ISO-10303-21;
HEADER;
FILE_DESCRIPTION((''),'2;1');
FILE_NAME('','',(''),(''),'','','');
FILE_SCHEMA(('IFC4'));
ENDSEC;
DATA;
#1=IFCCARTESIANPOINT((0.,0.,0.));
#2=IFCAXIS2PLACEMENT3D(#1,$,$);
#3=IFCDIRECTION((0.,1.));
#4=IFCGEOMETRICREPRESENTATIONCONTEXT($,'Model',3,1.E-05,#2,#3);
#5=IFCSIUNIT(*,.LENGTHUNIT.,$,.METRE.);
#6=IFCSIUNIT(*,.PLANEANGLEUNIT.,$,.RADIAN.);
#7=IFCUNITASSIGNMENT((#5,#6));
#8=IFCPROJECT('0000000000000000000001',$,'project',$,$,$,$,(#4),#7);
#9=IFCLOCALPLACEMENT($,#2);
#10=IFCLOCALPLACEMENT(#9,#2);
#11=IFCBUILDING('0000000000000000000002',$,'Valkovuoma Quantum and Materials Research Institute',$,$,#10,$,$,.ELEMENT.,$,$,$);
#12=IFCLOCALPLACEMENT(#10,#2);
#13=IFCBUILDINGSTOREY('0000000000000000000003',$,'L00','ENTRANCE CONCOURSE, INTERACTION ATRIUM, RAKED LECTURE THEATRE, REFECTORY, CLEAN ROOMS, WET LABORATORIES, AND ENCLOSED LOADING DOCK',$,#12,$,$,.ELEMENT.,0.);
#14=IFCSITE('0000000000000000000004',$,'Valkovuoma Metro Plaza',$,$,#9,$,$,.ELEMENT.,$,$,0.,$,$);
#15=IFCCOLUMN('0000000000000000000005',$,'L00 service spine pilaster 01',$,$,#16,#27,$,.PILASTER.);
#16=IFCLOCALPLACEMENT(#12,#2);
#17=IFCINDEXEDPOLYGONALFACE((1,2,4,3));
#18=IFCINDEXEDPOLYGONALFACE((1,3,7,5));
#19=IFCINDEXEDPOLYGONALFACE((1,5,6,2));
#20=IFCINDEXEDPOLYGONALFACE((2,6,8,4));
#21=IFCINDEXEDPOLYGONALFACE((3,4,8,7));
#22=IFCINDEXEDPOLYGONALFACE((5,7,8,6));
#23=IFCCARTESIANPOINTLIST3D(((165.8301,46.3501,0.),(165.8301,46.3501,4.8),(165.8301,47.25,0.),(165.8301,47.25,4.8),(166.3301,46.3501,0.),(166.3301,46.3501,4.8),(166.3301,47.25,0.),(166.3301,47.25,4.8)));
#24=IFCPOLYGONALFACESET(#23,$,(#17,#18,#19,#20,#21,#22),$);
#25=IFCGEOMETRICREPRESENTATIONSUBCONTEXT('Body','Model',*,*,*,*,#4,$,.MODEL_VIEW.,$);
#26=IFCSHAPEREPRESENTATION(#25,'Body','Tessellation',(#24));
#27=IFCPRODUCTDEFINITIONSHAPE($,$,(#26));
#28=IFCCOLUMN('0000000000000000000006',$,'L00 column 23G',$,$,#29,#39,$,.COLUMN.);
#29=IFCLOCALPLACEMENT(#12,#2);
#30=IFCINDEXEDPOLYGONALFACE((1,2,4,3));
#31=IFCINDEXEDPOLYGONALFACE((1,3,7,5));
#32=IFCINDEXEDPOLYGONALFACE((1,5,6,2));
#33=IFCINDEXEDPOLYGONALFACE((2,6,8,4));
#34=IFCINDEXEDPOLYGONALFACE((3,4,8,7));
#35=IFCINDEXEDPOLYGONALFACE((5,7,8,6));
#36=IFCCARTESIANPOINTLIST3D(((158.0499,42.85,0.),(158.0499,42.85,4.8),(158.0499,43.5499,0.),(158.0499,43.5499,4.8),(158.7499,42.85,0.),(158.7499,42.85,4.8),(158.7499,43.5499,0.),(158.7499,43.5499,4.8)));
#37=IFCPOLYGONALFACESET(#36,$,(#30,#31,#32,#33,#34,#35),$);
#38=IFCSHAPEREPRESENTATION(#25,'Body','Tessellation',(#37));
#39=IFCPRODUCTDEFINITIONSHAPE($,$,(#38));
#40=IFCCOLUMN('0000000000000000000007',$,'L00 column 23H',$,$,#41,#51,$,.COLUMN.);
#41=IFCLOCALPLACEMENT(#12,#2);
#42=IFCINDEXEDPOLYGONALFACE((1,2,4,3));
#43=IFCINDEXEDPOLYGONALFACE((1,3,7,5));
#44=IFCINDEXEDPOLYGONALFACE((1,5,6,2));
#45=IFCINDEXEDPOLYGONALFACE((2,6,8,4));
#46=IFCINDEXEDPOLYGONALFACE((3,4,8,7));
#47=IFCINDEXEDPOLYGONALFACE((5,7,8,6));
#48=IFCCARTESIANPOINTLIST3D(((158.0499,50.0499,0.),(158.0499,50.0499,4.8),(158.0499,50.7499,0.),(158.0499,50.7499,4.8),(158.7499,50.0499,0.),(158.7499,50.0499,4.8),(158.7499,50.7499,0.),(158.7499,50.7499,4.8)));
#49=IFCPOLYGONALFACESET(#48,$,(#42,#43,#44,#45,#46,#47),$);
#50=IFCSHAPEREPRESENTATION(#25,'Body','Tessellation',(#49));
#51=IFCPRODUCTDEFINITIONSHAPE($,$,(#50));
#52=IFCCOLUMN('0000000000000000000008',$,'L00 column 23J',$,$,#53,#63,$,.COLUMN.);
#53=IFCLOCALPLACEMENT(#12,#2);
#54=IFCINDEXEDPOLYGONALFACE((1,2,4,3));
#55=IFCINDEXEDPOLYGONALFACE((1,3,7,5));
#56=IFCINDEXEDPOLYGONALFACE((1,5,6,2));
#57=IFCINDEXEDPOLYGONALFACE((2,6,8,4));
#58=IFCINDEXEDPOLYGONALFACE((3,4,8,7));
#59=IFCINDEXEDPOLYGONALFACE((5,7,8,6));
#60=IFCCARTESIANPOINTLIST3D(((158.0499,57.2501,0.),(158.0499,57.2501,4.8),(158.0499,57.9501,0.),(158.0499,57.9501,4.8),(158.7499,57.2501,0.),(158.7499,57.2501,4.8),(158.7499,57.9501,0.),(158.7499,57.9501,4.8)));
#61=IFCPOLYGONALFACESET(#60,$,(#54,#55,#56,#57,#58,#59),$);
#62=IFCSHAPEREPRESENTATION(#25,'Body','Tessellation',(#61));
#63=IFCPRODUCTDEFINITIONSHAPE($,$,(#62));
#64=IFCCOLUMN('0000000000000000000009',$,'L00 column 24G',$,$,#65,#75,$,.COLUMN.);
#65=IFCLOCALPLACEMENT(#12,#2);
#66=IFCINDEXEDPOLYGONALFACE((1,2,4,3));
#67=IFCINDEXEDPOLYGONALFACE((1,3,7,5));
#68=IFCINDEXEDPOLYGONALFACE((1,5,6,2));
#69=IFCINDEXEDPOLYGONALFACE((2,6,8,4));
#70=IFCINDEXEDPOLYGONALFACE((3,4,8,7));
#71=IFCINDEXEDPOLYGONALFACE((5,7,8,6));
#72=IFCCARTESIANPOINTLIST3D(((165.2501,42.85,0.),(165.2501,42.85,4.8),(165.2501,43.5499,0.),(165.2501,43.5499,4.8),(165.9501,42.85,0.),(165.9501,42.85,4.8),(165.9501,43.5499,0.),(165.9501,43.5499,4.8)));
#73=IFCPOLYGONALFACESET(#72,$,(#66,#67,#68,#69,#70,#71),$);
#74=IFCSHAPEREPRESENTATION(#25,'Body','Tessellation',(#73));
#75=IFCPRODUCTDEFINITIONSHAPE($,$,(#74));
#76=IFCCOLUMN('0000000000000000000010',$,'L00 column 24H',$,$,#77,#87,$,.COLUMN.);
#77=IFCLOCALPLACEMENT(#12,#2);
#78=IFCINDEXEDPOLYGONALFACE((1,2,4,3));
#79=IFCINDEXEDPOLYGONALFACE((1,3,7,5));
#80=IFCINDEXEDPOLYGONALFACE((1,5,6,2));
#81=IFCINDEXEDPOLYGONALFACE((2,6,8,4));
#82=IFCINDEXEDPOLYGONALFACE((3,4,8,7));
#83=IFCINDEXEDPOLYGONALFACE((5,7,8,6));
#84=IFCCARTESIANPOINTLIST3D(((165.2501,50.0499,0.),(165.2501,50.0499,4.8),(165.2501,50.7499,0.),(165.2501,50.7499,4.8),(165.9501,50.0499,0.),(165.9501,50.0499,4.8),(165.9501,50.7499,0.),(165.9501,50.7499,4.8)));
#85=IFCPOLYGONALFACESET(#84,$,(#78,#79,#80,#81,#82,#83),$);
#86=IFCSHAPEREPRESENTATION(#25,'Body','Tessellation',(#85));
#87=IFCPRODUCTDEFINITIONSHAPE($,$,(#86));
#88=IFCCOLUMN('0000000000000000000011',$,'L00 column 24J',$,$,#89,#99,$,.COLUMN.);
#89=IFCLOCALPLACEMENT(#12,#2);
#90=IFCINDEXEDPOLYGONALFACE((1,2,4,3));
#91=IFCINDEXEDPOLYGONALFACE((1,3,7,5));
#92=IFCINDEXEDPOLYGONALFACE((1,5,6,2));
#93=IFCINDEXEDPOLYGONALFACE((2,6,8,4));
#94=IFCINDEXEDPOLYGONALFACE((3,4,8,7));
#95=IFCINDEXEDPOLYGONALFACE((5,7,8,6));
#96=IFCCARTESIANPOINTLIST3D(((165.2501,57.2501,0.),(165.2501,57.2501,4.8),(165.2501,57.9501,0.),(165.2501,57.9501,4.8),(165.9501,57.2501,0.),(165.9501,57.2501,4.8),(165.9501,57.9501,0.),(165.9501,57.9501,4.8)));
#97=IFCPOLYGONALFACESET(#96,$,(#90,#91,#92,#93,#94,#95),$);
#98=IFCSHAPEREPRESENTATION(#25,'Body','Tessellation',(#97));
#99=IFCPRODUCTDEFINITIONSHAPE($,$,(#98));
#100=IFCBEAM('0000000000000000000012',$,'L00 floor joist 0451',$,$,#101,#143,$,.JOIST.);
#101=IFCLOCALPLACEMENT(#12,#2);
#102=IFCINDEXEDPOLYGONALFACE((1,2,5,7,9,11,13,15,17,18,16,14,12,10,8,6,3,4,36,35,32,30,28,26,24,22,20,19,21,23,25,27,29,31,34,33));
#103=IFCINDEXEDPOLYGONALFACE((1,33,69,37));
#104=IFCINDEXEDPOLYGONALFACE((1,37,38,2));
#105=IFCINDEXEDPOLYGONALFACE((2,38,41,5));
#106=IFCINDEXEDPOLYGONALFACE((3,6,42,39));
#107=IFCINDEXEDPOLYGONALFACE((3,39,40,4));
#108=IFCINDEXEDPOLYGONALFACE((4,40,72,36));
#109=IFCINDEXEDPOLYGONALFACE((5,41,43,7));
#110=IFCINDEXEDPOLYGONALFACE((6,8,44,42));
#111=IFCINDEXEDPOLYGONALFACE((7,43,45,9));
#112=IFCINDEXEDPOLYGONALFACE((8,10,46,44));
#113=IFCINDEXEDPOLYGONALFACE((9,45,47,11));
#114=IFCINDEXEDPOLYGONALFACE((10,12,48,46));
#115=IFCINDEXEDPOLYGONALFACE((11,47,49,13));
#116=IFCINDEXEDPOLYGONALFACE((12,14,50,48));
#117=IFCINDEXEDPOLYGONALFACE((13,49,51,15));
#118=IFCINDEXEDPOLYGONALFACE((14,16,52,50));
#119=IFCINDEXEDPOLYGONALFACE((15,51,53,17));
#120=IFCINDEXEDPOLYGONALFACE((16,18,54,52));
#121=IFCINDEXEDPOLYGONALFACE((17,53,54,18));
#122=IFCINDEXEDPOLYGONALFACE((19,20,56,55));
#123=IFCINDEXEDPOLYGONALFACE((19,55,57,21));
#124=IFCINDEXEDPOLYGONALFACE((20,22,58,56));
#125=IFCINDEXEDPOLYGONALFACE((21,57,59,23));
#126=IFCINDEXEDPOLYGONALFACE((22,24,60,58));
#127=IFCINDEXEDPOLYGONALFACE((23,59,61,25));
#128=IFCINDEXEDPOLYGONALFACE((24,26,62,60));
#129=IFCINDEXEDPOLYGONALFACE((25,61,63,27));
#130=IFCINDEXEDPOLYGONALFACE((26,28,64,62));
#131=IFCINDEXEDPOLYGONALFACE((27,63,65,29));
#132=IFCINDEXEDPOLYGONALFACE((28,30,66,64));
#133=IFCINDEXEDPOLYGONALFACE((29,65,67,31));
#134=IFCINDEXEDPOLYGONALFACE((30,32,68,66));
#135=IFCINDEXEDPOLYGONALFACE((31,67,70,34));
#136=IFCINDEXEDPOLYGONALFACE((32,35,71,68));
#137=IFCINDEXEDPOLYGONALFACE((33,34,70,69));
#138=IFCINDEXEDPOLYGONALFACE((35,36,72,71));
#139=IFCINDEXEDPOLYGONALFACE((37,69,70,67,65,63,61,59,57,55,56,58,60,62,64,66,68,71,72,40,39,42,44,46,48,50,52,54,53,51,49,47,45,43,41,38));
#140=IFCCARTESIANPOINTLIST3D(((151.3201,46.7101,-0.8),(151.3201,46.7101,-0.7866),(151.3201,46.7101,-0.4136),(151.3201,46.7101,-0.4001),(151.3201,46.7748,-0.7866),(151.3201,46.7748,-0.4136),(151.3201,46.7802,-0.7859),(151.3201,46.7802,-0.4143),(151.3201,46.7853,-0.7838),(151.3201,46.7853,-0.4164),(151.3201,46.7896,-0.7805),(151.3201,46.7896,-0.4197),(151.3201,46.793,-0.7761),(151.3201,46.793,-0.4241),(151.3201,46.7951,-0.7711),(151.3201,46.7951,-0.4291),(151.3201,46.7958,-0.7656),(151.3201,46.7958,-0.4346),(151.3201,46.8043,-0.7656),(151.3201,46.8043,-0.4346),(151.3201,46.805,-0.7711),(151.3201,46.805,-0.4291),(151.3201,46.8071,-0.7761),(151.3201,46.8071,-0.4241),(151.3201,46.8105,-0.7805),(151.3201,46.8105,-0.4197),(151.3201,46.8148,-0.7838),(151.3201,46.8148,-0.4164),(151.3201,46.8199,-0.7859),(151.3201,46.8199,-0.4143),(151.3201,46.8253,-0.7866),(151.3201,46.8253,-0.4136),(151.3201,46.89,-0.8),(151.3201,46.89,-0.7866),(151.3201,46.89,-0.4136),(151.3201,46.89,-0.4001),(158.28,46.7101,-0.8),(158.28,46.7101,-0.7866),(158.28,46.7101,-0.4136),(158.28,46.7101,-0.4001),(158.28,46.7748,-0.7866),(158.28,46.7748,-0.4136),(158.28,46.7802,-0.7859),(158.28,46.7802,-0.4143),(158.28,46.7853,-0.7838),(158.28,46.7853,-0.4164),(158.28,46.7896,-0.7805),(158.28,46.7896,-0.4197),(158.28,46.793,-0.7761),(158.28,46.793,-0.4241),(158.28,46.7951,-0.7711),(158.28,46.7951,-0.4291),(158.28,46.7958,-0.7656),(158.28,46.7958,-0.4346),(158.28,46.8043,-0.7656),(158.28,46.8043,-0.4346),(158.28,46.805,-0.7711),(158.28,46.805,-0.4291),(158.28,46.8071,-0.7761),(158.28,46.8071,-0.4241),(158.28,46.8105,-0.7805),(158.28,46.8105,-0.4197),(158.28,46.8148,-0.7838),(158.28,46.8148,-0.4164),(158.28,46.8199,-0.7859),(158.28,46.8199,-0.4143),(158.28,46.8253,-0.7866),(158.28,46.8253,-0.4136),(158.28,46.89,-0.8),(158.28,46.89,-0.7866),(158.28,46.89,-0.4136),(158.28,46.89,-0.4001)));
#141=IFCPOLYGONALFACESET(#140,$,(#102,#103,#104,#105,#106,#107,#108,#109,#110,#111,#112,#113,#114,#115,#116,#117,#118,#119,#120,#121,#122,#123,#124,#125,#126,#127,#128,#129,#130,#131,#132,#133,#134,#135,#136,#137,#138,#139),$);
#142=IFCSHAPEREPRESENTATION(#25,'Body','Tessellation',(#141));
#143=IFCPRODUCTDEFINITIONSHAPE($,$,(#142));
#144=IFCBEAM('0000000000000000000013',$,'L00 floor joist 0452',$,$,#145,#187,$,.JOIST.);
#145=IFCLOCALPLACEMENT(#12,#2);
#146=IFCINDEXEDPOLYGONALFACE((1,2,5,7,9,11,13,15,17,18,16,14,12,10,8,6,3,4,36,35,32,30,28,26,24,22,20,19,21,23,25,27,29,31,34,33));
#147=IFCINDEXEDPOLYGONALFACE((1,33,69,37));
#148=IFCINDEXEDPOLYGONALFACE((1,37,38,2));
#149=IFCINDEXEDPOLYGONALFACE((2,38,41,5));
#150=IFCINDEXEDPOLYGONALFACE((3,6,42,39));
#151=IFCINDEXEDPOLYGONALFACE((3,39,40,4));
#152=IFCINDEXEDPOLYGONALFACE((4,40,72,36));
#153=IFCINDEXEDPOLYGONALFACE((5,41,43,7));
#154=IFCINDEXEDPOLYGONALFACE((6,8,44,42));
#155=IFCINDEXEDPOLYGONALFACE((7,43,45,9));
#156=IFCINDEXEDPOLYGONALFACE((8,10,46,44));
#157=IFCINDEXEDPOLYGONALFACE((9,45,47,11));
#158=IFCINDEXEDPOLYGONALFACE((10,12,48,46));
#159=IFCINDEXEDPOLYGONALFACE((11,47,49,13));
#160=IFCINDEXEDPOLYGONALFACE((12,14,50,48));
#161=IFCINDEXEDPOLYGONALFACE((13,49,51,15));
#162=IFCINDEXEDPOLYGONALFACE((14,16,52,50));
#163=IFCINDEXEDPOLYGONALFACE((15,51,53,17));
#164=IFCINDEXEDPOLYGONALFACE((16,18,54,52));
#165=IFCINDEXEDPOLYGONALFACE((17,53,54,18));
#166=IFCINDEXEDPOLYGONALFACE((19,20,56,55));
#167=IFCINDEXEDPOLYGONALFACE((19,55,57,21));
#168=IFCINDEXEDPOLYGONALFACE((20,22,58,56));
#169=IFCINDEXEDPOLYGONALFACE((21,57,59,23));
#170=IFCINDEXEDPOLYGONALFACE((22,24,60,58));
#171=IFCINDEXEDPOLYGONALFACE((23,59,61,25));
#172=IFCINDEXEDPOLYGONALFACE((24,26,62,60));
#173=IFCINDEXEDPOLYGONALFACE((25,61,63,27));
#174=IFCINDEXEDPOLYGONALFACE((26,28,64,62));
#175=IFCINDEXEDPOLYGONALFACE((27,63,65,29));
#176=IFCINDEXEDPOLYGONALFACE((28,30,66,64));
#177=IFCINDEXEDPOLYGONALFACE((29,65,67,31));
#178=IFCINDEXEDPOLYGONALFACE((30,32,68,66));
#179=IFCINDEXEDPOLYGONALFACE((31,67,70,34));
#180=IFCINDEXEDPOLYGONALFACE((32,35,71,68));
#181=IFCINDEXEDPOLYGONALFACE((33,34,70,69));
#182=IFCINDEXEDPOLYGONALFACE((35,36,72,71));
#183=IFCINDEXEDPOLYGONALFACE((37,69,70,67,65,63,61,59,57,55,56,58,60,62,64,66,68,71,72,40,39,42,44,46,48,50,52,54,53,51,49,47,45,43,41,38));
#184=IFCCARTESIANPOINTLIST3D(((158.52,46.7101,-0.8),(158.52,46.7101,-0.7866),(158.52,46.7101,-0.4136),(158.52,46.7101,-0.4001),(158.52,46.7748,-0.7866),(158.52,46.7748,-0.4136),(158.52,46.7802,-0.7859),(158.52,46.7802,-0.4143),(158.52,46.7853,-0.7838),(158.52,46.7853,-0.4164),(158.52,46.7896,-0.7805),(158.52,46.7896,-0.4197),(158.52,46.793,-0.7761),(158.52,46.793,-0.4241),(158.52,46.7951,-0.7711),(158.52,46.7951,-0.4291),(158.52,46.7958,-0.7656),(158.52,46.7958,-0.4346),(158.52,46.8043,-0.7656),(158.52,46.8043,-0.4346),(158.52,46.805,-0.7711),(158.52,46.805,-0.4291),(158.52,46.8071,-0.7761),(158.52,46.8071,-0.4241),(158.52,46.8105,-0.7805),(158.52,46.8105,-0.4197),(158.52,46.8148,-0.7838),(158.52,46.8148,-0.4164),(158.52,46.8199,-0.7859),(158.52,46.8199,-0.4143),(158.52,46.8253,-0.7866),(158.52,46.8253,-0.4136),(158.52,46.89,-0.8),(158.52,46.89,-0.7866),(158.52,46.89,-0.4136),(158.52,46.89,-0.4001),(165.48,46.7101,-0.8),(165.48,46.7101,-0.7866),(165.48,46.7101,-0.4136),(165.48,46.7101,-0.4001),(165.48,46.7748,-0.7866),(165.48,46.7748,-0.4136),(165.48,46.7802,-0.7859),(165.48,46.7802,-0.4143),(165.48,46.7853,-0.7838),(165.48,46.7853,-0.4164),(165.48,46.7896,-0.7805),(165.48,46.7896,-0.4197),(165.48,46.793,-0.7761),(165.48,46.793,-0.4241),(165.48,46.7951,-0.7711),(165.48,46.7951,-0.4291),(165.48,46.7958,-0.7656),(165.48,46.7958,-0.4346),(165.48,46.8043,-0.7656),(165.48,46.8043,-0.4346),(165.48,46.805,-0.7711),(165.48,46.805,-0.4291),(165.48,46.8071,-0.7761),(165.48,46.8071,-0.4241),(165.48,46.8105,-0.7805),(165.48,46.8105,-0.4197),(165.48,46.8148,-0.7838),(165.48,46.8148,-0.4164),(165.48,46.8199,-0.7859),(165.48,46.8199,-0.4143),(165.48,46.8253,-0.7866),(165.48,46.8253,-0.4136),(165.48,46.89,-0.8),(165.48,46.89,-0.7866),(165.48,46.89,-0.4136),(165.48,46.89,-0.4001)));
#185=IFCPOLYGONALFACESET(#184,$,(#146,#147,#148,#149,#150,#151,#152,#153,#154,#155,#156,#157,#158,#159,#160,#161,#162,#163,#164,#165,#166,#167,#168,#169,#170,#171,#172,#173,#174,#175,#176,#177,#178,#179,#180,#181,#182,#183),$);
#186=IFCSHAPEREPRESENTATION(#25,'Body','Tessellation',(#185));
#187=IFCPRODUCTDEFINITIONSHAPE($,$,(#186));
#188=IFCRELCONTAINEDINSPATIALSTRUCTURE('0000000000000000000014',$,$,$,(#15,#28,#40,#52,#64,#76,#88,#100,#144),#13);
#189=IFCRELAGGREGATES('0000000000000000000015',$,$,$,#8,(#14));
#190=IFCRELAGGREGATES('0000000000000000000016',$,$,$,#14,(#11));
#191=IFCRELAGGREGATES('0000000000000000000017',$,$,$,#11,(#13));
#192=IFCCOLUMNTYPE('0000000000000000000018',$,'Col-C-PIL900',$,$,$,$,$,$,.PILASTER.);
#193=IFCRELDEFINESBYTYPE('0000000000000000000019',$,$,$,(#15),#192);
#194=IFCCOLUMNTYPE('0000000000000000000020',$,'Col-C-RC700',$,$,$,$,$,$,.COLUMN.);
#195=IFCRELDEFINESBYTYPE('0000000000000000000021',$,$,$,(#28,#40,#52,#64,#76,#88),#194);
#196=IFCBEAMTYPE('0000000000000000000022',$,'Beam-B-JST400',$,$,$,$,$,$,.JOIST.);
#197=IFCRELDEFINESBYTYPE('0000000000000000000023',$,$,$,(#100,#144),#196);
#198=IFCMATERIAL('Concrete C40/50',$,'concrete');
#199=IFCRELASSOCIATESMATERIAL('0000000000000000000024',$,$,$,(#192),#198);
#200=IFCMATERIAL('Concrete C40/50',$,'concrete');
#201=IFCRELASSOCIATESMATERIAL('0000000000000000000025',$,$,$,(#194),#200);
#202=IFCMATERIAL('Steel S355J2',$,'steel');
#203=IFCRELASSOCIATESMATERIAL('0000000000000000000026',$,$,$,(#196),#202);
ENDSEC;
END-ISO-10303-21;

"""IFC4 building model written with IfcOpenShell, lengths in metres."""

from ifc_helpers import new_model, si_unit, direction, frame, origin, origin_2d, place, context, subcontext, project, spatial, rectangle, i_section, extrude, material, material_profile, profile_set, type_object, element, save


model = new_model("IFC4")

# Units and contexts
model_context = context("Model", 3, precision=1e-05, world=origin(), true_north=direction((0.0, 1.0)))
body_context = subcontext(model_context, "Body", "Model", "MODEL_VIEW")
ifc_project = project(units=[si_unit("LENGTHUNIT", "METRE"), si_unit("PLANEANGLEUNIT", "RADIAN")], contexts=[model_context])

# Site, building, storey
site_placement = place(None, origin())
site = spatial("IfcSite", under=ifc_project, at=site_placement, Name="Valkovuoma Metro Plaza", CompositionType="ELEMENT", RefElevation=0.0)
building_placement = place(site_placement, origin())
building = spatial("IfcBuilding", under=site, at=building_placement, Name="Valkovuoma Quantum and Materials Research Institute", CompositionType="ELEMENT")
storey_placement = place(building_placement, origin())
storey = spatial("IfcBuildingStorey", under=building, at=storey_placement, Name="L00", Description="ENTRANCE CONCOURSE, INTERACTION ATRIUM, RAKED LECTURE THEATRE, REFECTORY, CLEAN ROOMS, WET LABORATORIES, AND ENCLOSED LOADING DOCK", CompositionType="ELEMENT", Elevation=0.0)

# Columns
ifc_material_1 = material(Name="Concrete C40/50", Category="concrete")
ifc_material_profile_1 = material_profile(ifc_material_1, rectangle(XDim=0.5, YDim=0.8999, at=origin_2d()), Name="Concrete C40/50")
ifc_profile_set_1 = profile_set([ifc_material_profile_1], Name="Concrete C40/50")
column_type_1 = type_object("IfcColumnType", Name="Col-C-PIL900", PredefinedType="PILASTER", material=ifc_profile_set_1)
column_placement = place(storey_placement, frame((166.0801, 46.8, 0.0), z_axis=(0.0, 0.0, 1.0), x_axis=(1.0, 0.0, 0.0)))
element("IfcColumn", 1, at=column_placement, inside=storey, type_object=column_type_1, Name="L00 service spine pilaster 01", PredefinedType="PILASTER", context=body_context, shape_type="SweptSolid", body=[
    extrude(rectangle(XDim=0.5, YDim=0.8999, at=origin_2d()), origin(), (0.0, 0.0, 1.0), 4.8),
])
ifc_material_2 = material(Name="Concrete C40/50", Category="concrete")
ifc_material_profile_2 = material_profile(ifc_material_2, rectangle(XDim=0.7, YDim=0.7, at=origin_2d()), Name="Concrete C40/50")
ifc_profile_set_2 = profile_set([ifc_material_profile_2], Name="Concrete C40/50")
column_type_2 = type_object("IfcColumnType", Name="Col-C-RC700", PredefinedType="COLUMN", material=ifc_profile_set_2)
for number, where, z_axis, x_axis, name in (
    (2, (158.3999, 43.2, 0.0), (0.0, 0.0, 1.0), (1.0, 0.0, 0.0), "L00 column 23G"),
    (3, (158.3999, 50.3999, 0.0), (0.0, 0.0, 1.0), (1.0, 0.0, 0.0), "L00 column 23H"),
    (4, (158.3999, 57.6001, 0.0), (0.0, 0.0, 1.0), (1.0, 0.0, 0.0), "L00 column 23J"),
    (5, (165.6001, 43.2, 0.0), (0.0, 0.0, 1.0), (1.0, 0.0, 0.0), "L00 column 24G"),
    (6, (165.6001, 50.3999, 0.0), (0.0, 0.0, 1.0), (1.0, 0.0, 0.0), "L00 column 24H"),
    (7, (165.6001, 57.6001, 0.0), (0.0, 0.0, 1.0), (1.0, 0.0, 0.0), "L00 column 24J"),
):
    element("IfcColumn", number, at=place(storey_placement, frame(where, z_axis=z_axis, x_axis=x_axis)), inside=storey, type_object=column_type_2, Name=name, PredefinedType="COLUMN", context=body_context, shape_type="SweptSolid", body=[
        extrude(rectangle(XDim=0.7, YDim=0.7, at=origin_2d()), origin(), (0.0, 0.0, 1.0), 4.8),
    ])

# Beams
ifc_material_3 = material(Name="Steel S355J2", Category="steel")
ifc_material_profile_3 = material_profile(ifc_material_3, i_section(OverallWidth=0.1799, OverallDepth=0.3999, WebThickness=0.0085, FlangeThickness=0.0134, FilletRadius=0.021, at=origin_2d()), Name="Steel S355J2")
ifc_profile_set_3 = profile_set([ifc_material_profile_3], Name="Steel S355J2")
beam_type_1 = type_object("IfcBeamType", Name="Beam-B-JST400", PredefinedType="JOIST", material=ifc_profile_set_3)
for number, where, z_axis, x_axis, name in (
    (8, (151.3201, 46.8, -0.6001), (1.0, 0.0, 0.0), (0.0, 1.0, 0.0), "L00 floor joist 0451"),
    (9, (158.52, 46.8, -0.6001), (1.0, 0.0, 0.0), (0.0, 1.0, 0.0), "L00 floor joist 0452"),
):
    element("IfcBeam", number, at=place(storey_placement, frame(where, z_axis=z_axis, x_axis=x_axis)), inside=storey, type_object=beam_type_1, Name=name, PredefinedType="JOIST", context=body_context, shape_type="SweptSolid", body=[
        extrude(i_section(OverallWidth=0.1799, OverallDepth=0.3999, WebThickness=0.0085, FlangeThickness=0.0134, FilletRadius=0.021, at=origin_2d()), origin(), (0.0, 0.0, 1.0), 6.96),
    ])

save(model, "model.ifc")
